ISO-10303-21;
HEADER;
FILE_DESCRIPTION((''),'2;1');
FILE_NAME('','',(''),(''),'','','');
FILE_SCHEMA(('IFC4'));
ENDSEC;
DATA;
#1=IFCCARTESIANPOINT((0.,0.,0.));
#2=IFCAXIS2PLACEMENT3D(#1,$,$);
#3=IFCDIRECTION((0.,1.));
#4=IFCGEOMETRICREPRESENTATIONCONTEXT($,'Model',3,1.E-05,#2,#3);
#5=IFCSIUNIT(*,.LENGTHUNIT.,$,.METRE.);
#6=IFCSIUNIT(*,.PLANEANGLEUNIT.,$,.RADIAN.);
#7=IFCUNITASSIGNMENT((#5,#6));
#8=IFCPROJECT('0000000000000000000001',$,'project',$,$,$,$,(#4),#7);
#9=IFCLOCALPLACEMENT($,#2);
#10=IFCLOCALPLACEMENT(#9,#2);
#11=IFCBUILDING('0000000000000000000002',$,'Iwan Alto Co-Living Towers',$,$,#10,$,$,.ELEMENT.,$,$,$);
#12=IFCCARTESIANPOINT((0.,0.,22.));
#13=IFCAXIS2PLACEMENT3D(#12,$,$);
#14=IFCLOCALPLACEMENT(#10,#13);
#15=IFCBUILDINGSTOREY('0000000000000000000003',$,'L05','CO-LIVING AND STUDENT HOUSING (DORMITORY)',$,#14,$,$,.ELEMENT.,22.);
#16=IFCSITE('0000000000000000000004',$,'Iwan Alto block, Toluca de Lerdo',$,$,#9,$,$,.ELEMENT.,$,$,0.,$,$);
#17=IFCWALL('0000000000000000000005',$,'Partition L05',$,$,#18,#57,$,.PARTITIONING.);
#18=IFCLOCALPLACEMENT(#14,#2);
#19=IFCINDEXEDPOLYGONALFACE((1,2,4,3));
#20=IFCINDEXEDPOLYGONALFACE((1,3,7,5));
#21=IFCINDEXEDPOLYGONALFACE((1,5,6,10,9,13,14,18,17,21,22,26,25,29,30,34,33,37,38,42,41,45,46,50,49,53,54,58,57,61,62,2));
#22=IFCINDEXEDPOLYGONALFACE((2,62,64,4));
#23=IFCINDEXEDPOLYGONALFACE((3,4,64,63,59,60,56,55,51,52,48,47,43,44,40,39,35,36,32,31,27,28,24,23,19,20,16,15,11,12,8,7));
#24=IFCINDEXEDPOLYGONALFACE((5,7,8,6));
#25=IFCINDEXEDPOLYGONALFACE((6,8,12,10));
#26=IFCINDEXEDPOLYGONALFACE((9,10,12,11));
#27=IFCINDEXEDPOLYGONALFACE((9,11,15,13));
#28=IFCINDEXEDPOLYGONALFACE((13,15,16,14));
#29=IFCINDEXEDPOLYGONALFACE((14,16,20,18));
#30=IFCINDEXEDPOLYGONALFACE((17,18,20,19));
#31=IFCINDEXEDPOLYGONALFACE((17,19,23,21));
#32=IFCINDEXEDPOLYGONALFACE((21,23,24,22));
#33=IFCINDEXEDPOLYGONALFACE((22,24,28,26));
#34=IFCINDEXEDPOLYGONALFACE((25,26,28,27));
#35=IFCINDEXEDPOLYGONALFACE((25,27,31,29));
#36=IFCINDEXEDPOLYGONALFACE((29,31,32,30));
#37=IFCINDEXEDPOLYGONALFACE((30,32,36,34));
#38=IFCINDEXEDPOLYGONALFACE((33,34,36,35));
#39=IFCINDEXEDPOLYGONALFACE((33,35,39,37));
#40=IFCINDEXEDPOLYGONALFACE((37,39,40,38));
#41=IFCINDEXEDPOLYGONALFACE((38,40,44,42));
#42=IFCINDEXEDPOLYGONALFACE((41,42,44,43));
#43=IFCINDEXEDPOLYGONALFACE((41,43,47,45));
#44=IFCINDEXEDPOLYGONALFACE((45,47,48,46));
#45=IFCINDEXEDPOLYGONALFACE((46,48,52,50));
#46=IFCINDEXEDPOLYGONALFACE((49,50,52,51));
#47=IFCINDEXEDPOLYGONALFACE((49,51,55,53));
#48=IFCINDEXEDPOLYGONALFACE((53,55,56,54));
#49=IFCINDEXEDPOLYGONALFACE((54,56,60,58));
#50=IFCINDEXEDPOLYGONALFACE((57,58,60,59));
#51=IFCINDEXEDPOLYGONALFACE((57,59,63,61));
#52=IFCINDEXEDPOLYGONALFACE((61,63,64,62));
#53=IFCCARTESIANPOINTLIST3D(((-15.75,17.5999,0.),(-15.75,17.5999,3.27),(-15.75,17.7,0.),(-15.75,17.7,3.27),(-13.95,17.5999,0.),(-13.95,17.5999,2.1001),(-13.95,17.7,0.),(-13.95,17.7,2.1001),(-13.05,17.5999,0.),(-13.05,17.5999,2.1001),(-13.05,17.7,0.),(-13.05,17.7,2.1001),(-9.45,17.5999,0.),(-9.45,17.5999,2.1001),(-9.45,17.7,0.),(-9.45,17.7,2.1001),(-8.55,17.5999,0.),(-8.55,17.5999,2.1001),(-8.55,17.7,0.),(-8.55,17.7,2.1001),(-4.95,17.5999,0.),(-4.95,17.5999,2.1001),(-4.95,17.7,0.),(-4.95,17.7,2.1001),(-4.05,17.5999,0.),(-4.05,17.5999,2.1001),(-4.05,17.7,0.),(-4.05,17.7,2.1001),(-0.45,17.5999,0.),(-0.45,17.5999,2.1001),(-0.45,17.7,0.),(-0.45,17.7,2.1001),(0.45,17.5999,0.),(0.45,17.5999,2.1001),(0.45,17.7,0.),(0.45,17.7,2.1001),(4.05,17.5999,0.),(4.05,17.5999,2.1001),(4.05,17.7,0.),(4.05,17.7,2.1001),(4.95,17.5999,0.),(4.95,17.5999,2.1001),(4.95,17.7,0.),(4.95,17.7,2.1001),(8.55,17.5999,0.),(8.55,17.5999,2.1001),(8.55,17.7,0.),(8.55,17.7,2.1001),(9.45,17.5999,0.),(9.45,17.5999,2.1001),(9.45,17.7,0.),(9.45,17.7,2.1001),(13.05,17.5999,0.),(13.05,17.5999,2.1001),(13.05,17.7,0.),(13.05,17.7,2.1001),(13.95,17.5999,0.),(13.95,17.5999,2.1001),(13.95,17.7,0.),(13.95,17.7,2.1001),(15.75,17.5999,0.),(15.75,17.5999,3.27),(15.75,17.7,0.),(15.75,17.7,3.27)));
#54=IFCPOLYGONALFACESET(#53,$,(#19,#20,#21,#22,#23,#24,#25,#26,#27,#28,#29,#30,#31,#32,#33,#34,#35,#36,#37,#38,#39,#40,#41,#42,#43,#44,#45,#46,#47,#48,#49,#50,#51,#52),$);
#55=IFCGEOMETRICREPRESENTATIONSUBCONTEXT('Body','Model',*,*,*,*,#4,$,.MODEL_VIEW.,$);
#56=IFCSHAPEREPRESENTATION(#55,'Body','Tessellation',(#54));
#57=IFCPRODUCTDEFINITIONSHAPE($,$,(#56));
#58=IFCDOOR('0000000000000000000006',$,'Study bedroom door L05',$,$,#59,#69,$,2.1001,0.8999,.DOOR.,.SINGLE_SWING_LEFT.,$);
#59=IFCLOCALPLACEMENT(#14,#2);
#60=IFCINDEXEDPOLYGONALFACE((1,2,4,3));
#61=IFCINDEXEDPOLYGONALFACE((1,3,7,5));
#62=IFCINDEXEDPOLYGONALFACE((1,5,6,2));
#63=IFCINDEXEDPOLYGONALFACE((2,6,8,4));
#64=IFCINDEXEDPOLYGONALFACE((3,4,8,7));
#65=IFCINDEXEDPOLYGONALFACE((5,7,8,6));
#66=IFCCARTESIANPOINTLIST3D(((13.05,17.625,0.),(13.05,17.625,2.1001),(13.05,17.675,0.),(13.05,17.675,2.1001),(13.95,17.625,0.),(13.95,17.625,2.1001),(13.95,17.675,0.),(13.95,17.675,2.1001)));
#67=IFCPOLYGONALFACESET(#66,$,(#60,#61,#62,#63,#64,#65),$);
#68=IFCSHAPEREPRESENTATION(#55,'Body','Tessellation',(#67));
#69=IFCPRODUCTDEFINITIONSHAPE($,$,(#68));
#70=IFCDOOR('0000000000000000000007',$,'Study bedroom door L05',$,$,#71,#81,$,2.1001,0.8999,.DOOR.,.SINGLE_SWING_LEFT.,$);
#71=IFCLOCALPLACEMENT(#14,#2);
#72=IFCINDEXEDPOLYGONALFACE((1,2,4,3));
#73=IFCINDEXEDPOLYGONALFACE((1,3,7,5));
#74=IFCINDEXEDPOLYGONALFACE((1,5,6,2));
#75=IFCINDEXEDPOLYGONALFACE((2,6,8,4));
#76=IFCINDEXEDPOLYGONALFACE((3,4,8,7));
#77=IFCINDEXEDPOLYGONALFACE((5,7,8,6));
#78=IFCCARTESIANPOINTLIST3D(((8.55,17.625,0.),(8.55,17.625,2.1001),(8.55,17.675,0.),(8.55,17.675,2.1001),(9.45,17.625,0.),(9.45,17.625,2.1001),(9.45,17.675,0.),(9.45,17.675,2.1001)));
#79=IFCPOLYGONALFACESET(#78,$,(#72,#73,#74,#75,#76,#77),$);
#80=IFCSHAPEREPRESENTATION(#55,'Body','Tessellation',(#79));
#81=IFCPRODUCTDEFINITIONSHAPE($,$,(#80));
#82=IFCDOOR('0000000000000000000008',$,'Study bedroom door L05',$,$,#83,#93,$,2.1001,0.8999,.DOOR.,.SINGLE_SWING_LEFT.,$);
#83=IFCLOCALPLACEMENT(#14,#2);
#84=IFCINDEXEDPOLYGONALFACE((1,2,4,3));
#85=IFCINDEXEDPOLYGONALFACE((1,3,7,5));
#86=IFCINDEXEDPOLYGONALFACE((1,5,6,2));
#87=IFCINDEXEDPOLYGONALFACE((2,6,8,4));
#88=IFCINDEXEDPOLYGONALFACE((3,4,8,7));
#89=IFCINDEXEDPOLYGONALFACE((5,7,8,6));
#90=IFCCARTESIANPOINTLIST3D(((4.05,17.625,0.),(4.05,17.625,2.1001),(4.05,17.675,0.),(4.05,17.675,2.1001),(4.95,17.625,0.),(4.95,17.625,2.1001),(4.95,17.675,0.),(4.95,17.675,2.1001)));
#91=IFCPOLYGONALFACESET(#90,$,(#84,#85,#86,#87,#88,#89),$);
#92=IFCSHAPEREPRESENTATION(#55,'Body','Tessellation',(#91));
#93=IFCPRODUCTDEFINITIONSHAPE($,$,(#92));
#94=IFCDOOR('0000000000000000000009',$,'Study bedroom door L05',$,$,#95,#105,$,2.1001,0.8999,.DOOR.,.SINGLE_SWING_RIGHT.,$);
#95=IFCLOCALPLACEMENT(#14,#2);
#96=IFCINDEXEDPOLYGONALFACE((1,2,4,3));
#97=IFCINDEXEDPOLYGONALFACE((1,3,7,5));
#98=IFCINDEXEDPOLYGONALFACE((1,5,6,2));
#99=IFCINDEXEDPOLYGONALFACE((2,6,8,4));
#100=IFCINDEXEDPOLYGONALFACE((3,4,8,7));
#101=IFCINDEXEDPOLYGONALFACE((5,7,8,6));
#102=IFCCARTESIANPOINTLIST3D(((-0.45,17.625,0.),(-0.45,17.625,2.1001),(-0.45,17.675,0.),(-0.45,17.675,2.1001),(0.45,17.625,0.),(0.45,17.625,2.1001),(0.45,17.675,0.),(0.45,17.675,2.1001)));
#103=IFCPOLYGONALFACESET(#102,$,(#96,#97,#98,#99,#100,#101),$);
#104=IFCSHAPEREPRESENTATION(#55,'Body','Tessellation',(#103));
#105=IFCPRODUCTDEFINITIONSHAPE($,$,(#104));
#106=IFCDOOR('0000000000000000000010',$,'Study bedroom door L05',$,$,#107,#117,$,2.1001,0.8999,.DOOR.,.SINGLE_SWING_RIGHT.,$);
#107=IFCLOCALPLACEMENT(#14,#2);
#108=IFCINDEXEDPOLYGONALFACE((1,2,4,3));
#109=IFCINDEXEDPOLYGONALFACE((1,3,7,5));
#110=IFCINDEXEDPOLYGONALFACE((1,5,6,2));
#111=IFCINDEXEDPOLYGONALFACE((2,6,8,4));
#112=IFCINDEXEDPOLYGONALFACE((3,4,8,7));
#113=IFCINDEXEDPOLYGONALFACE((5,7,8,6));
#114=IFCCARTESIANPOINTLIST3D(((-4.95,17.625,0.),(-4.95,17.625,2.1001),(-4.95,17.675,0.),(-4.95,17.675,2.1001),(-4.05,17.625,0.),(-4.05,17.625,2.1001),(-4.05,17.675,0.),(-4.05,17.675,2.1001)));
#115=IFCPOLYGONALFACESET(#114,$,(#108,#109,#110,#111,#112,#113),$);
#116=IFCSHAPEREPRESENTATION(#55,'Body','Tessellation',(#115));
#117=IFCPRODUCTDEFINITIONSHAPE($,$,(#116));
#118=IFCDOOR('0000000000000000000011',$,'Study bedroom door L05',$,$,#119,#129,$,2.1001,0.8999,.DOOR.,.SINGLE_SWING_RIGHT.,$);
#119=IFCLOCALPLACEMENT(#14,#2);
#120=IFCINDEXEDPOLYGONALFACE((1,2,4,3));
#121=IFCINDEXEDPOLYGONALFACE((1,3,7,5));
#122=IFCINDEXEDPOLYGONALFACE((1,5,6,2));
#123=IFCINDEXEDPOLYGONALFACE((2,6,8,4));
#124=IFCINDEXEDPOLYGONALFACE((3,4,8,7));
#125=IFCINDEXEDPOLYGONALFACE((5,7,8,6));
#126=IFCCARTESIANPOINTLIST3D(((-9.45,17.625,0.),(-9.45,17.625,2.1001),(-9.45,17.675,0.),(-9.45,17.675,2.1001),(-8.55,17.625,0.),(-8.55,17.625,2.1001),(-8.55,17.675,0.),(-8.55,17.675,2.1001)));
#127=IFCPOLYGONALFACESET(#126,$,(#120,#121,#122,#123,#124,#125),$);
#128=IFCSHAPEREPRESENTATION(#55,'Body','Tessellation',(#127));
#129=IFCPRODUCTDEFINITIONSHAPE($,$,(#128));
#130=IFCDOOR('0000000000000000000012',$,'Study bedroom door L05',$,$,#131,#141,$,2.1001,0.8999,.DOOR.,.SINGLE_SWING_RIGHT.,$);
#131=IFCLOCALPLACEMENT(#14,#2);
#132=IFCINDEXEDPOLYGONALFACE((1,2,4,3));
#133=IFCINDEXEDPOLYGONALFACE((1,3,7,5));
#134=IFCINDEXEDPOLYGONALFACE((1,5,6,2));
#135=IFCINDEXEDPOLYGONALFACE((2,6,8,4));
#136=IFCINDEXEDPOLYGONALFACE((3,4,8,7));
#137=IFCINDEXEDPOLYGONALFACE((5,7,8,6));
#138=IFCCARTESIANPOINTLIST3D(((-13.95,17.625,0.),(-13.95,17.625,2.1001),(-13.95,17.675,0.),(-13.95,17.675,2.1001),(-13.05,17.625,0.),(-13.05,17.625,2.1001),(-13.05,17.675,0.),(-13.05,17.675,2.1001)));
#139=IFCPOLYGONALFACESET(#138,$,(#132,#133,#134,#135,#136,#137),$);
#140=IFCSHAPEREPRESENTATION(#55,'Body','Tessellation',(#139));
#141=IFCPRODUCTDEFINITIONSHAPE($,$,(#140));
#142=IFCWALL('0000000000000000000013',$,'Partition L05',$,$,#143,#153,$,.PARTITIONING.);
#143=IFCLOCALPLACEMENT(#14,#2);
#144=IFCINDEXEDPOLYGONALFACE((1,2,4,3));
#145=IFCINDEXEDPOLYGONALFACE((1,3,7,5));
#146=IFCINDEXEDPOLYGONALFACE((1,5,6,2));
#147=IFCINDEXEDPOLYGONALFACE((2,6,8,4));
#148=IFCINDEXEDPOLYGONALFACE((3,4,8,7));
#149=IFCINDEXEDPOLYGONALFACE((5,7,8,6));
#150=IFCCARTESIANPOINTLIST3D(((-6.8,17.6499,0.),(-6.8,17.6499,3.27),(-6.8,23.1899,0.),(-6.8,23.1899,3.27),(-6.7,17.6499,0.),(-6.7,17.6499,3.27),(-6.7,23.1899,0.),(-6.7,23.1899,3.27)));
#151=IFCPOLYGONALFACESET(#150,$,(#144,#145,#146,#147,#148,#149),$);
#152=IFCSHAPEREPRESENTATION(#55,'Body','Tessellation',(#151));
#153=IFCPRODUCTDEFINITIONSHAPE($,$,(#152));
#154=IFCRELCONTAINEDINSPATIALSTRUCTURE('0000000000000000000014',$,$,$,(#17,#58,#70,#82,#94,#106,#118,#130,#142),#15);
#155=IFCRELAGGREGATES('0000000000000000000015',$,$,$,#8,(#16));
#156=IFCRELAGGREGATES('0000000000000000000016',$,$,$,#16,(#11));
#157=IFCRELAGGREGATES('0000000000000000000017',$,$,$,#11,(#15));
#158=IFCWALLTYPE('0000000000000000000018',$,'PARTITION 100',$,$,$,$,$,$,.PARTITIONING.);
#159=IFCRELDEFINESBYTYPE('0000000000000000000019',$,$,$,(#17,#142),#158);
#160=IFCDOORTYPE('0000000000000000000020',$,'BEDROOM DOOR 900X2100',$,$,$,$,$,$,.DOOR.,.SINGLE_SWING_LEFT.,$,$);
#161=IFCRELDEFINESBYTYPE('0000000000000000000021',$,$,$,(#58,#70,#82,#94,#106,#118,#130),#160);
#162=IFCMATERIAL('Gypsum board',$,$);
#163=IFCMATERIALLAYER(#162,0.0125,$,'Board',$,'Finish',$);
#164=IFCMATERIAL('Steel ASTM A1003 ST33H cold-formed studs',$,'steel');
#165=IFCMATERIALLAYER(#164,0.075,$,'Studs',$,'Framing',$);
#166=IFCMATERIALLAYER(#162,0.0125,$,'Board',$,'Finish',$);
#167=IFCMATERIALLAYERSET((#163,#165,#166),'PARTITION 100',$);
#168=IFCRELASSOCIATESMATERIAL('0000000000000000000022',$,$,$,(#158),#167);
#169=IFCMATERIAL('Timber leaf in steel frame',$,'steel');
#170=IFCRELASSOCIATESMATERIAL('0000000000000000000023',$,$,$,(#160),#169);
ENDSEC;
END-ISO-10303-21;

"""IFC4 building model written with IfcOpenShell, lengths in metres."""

from ifc_helpers import new_model, si_unit, direction, frame, frame_2d, origin, place, context, subcontext, project, spatial, rectangle, extrude, material, layer, layer_set, type_object, element, fill, save


model = new_model("IFC4")

# Units and contexts
model_context = context("Model", 3, precision=1e-05, world=origin(), true_north=direction((0.0, 1.0)))
body_context = subcontext(model_context, "Body", "Model", "MODEL_VIEW")
ifc_project = project(units=[si_unit("LENGTHUNIT", "METRE"), si_unit("PLANEANGLEUNIT", "RADIAN")], contexts=[model_context])

# Site, building, storey
site_placement = place(None, origin())
site = spatial("IfcSite", under=ifc_project, at=site_placement, Name="Iwan Alto block, Toluca de Lerdo", CompositionType="ELEMENT", RefElevation=0.0)
building_placement = place(site_placement, origin())
building = spatial("IfcBuilding", under=site, at=building_placement, Name="Iwan Alto Co-Living Towers", CompositionType="ELEMENT")
storey_placement = place(building_placement, frame((0.0, 0.0, 22.0)))
storey = spatial("IfcBuildingStorey", under=building, at=storey_placement, Name="L05", Description="CO-LIVING AND STUDENT HOUSING (DORMITORY)", CompositionType="ELEMENT", Elevation=22.0)

# Shared definitions
ifc_material_1 = material(Name="Gypsum board")
ifc_layer_1 = layer(ifc_material_1, 0.0125, Name="Board", Category="Finish")
ifc_material_2 = material(Name="Steel ASTM A1003 ST33H cold-formed studs", Category="steel")
ifc_layer_2 = layer(ifc_material_2, 0.075, Name="Studs", Category="Framing")
ifc_layer_3 = layer(ifc_material_1, 0.0125, Name="Board", Category="Finish")
ifc_layer_set_1 = layer_set([ifc_layer_1, ifc_layer_2, ifc_layer_3], Name="PARTITION 100")
wall_type = type_object("IfcWallType", Name="PARTITION 100", PredefinedType="PARTITIONING", material=ifc_layer_set_1)

# Wall, openings, doors
wall_1_placement = place(storey_placement, frame((-15.75, 17.6499, 0.0), z_axis=(0.0, 0.0, 1.0), x_axis=(1.0, 0.0, 0.0)))
wall_1 = element("IfcWall", 1, at=wall_1_placement, inside=storey, type_object=wall_type, Name="Partition L05", PredefinedType="PARTITIONING", context=body_context, shape_type="SweptSolid", body=[
    extrude(rectangle(XDim=31.5, YDim=0.1001, at=frame_2d((15.75, 0.0))), origin(), (0.0, 0.0, 1.0), 3.27),
])
opening_1_placement = place(wall_1_placement, frame((28.8, 0.0, 0.0)))
opening_1 = element("IfcOpeningElement", 2, at=opening_1_placement, cuts=wall_1, PredefinedType="OPENING", context=body_context, shape_type="SweptSolid", body=[
    extrude(rectangle(XDim=0.8999, YDim=2.1001, at=frame_2d((0.45, 1.05))), frame((0.0, 0.0601, 0.0), z_axis=(0.0, -1.0, 0.0), x_axis=(1.0, 0.0, 0.0)), (0.0, 0.0, 1.0), 0.1201),
])
opening_2_placement = place(wall_1_placement, frame((24.3, 0.0, 0.0)))
opening_2 = element("IfcOpeningElement", 3, at=opening_2_placement, cuts=wall_1, PredefinedType="OPENING", context=body_context, shape_type="SweptSolid", body=[
    extrude(rectangle(XDim=0.8999, YDim=2.1001, at=frame_2d((0.45, 1.05))), frame((0.0, 0.0601, 0.0), z_axis=(0.0, -1.0, 0.0), x_axis=(1.0, 0.0, 0.0)), (0.0, 0.0, 1.0), 0.1201),
])
opening_3_placement = place(wall_1_placement, frame((19.8, 0.0, 0.0)))
opening_3 = element("IfcOpeningElement", 4, at=opening_3_placement, cuts=wall_1, PredefinedType="OPENING", context=body_context, shape_type="SweptSolid", body=[
    extrude(rectangle(XDim=0.8999, YDim=2.1001, at=frame_2d((0.45, 1.05))), frame((0.0, 0.0601, 0.0), z_axis=(0.0, -1.0, 0.0), x_axis=(1.0, 0.0, 0.0)), (0.0, 0.0, 1.0), 0.1201),
])
opening_4_placement = place(wall_1_placement, frame((15.3, 0.0, 0.0)))
opening_4 = element("IfcOpeningElement", 5, at=opening_4_placement, cuts=wall_1, PredefinedType="OPENING", context=body_context, shape_type="SweptSolid", body=[
    extrude(rectangle(XDim=0.8999, YDim=2.1001, at=frame_2d((0.45, 1.05))), frame((0.0, 0.0601, 0.0), z_axis=(0.0, -1.0, 0.0), x_axis=(1.0, 0.0, 0.0)), (0.0, 0.0, 1.0), 0.1201),
])
opening_5_placement = place(wall_1_placement, frame((10.8, 0.0, 0.0)))
opening_5 = element("IfcOpeningElement", 6, at=opening_5_placement, cuts=wall_1, PredefinedType="OPENING", context=body_context, shape_type="SweptSolid", body=[
    extrude(rectangle(XDim=0.8999, YDim=2.1001, at=frame_2d((0.45, 1.05))), frame((0.0, 0.0601, 0.0), z_axis=(0.0, -1.0, 0.0), x_axis=(1.0, 0.0, 0.0)), (0.0, 0.0, 1.0), 0.1201),
])
opening_6_placement = place(wall_1_placement, frame((6.3, 0.0, 0.0)))
opening_6 = element("IfcOpeningElement", 7, at=opening_6_placement, cuts=wall_1, PredefinedType="OPENING", context=body_context, shape_type="SweptSolid", body=[
    extrude(rectangle(XDim=0.8999, YDim=2.1001, at=frame_2d((0.45, 1.05))), frame((0.0, 0.0601, 0.0), z_axis=(0.0, -1.0, 0.0), x_axis=(1.0, 0.0, 0.0)), (0.0, 0.0, 1.0), 0.1201),
])
opening_7_placement = place(wall_1_placement, frame((1.8, 0.0, 0.0)))
opening_7 = element("IfcOpeningElement", 8, at=opening_7_placement, cuts=wall_1, PredefinedType="OPENING", context=body_context, shape_type="SweptSolid", body=[
    extrude(rectangle(XDim=0.8999, YDim=2.1001, at=frame_2d((0.45, 1.05))), frame((0.0, 0.0601, 0.0), z_axis=(0.0, -1.0, 0.0), x_axis=(1.0, 0.0, 0.0)), (0.0, 0.0, 1.0), 0.1201),
])
ifc_material_3 = material(Name="Timber leaf in steel frame", Category="steel")
door_type_1 = type_object("IfcDoorType", Name="BEDROOM DOOR 900X2100", OperationType="SINGLE_SWING_LEFT", PredefinedType="DOOR", material=ifc_material_3)
door_1_placement = place(opening_1_placement, frame((0.8999, 0.0, 0.0), z_axis=(0.0, 0.0, 1.0), x_axis=(-1.0, 0.0, 0.0)))
door_1 = element("IfcDoor", 9, at=door_1_placement, inside=storey, type_object=door_type_1, Name="Study bedroom door L05", OperationType="SINGLE_SWING_LEFT", OverallHeight=2.1001, OverallWidth=0.8999, PredefinedType="DOOR", context=body_context, shape_type="SweptSolid", body=[
    extrude(rectangle(XDim=0.8999, YDim=2.1001, at=frame_2d((0.45, 1.05))), frame((0.0, 0.0249, 0.0), z_axis=(0.0, -1.0, 0.0), x_axis=(1.0, 0.0, 0.0)), (0.0, 0.0, 1.0), 0.05),
])
fill(opening_1, door_1)
door_2_placement = place(opening_2_placement, frame((0.8999, 0.0, 0.0), z_axis=(0.0, 0.0, 1.0), x_axis=(-1.0, 0.0, 0.0)))
door_2 = element("IfcDoor", 10, at=door_2_placement, inside=storey, type_object=door_type_1, Name="Study bedroom door L05", OperationType="SINGLE_SWING_LEFT", OverallHeight=2.1001, OverallWidth=0.8999, PredefinedType="DOOR", context=body_context, shape_type="SweptSolid", body=[
    extrude(rectangle(XDim=0.8999, YDim=2.1001, at=frame_2d((0.45, 1.05))), frame((0.0, 0.0249, 0.0), z_axis=(0.0, -1.0, 0.0), x_axis=(1.0, 0.0, 0.0)), (0.0, 0.0, 1.0), 0.05),
])
fill(opening_2, door_2)
door_3_placement = place(opening_3_placement, frame((0.8999, 0.0, 0.0), z_axis=(0.0, 0.0, 1.0), x_axis=(-1.0, 0.0, 0.0)))
door_3 = element("IfcDoor", 11, at=door_3_placement, inside=storey, type_object=door_type_1, Name="Study bedroom door L05", OperationType="SINGLE_SWING_LEFT", OverallHeight=2.1001, OverallWidth=0.8999, PredefinedType="DOOR", context=body_context, shape_type="SweptSolid", body=[
    extrude(rectangle(XDim=0.8999, YDim=2.1001, at=frame_2d((0.45, 1.05))), frame((0.0, 0.0249, 0.0), z_axis=(0.0, -1.0, 0.0), x_axis=(1.0, 0.0, 0.0)), (0.0, 0.0, 1.0), 0.05),
])
fill(opening_3, door_3)
door_4_placement = place(opening_4_placement, frame((0.8999, 0.0, 0.0), z_axis=(0.0, 0.0, 1.0), x_axis=(-1.0, 0.0, 0.0)))
door_4 = element("IfcDoor", 12, at=door_4_placement, inside=storey, type_object=door_type_1, Name="Study bedroom door L05", OperationType="SINGLE_SWING_RIGHT", OverallHeight=2.1001, OverallWidth=0.8999, PredefinedType="DOOR", context=body_context, shape_type="SweptSolid", body=[
    extrude(rectangle(XDim=0.8999, YDim=2.1001, at=frame_2d((0.45, 1.05))), frame((0.0, 0.0249, 0.0), z_axis=(0.0, -1.0, 0.0), x_axis=(1.0, 0.0, 0.0)), (0.0, 0.0, 1.0), 0.05),
])
fill(opening_4, door_4)
door_5_placement = place(opening_5_placement, frame((0.8999, 0.0, 0.0), z_axis=(0.0, 0.0, 1.0), x_axis=(-1.0, 0.0, 0.0)))
door_5 = element("IfcDoor", 13, at=door_5_placement, inside=storey, type_object=door_type_1, Name="Study bedroom door L05", OperationType="SINGLE_SWING_RIGHT", OverallHeight=2.1001, OverallWidth=0.8999, PredefinedType="DOOR", context=body_context, shape_type="SweptSolid", body=[
    extrude(rectangle(XDim=0.8999, YDim=2.1001, at=frame_2d((0.45, 1.05))), frame((0.0, 0.0249, 0.0), z_axis=(0.0, -1.0, 0.0), x_axis=(1.0, 0.0, 0.0)), (0.0, 0.0, 1.0), 0.05),
])
fill(opening_5, door_5)
door_6_placement = place(opening_6_placement, frame((0.8999, 0.0, 0.0), z_axis=(0.0, 0.0, 1.0), x_axis=(-1.0, 0.0, 0.0)))
door_6 = element("IfcDoor", 14, at=door_6_placement, inside=storey, type_object=door_type_1, Name="Study bedroom door L05", OperationType="SINGLE_SWING_RIGHT", OverallHeight=2.1001, OverallWidth=0.8999, PredefinedType="DOOR", context=body_context, shape_type="SweptSolid", body=[
    extrude(rectangle(XDim=0.8999, YDim=2.1001, at=frame_2d((0.45, 1.05))), frame((0.0, 0.0249, 0.0), z_axis=(0.0, -1.0, 0.0), x_axis=(1.0, 0.0, 0.0)), (0.0, 0.0, 1.0), 0.05),
])
fill(opening_6, door_6)
door_7_placement = place(opening_7_placement, frame((0.8999, 0.0, 0.0), z_axis=(0.0, 0.0, 1.0), x_axis=(-1.0, 0.0, 0.0)))
door_7 = element("IfcDoor", 15, at=door_7_placement, inside=storey, type_object=door_type_1, Name="Study bedroom door L05", OperationType="SINGLE_SWING_RIGHT", OverallHeight=2.1001, OverallWidth=0.8999, PredefinedType="DOOR", context=body_context, shape_type="SweptSolid", body=[
    extrude(rectangle(XDim=0.8999, YDim=2.1001, at=frame_2d((0.45, 1.05))), frame((0.0, 0.0249, 0.0), z_axis=(0.0, -1.0, 0.0), x_axis=(1.0, 0.0, 0.0)), (0.0, 0.0, 1.0), 0.05),
])
fill(opening_7, door_7)

# Wall
for number, where, z_axis, x_axis, name in (
    (16, (-6.75, 17.6499, 0.0), (0.0, 0.0, 1.0), (0.0, 1.0, 0.0), "Partition L05"),
):
    element("IfcWall", number, at=place(storey_placement, frame(where, z_axis=z_axis, x_axis=x_axis)), inside=storey, type_object=wall_type, Name=name, PredefinedType="PARTITIONING", context=body_context, shape_type="SweptSolid", body=[
        extrude(rectangle(XDim=5.54, YDim=0.1001, at=frame_2d((2.77, 0.0))), origin(), (0.0, 0.0, 1.0), 3.27),
    ])

save(model, "model.ifc")
